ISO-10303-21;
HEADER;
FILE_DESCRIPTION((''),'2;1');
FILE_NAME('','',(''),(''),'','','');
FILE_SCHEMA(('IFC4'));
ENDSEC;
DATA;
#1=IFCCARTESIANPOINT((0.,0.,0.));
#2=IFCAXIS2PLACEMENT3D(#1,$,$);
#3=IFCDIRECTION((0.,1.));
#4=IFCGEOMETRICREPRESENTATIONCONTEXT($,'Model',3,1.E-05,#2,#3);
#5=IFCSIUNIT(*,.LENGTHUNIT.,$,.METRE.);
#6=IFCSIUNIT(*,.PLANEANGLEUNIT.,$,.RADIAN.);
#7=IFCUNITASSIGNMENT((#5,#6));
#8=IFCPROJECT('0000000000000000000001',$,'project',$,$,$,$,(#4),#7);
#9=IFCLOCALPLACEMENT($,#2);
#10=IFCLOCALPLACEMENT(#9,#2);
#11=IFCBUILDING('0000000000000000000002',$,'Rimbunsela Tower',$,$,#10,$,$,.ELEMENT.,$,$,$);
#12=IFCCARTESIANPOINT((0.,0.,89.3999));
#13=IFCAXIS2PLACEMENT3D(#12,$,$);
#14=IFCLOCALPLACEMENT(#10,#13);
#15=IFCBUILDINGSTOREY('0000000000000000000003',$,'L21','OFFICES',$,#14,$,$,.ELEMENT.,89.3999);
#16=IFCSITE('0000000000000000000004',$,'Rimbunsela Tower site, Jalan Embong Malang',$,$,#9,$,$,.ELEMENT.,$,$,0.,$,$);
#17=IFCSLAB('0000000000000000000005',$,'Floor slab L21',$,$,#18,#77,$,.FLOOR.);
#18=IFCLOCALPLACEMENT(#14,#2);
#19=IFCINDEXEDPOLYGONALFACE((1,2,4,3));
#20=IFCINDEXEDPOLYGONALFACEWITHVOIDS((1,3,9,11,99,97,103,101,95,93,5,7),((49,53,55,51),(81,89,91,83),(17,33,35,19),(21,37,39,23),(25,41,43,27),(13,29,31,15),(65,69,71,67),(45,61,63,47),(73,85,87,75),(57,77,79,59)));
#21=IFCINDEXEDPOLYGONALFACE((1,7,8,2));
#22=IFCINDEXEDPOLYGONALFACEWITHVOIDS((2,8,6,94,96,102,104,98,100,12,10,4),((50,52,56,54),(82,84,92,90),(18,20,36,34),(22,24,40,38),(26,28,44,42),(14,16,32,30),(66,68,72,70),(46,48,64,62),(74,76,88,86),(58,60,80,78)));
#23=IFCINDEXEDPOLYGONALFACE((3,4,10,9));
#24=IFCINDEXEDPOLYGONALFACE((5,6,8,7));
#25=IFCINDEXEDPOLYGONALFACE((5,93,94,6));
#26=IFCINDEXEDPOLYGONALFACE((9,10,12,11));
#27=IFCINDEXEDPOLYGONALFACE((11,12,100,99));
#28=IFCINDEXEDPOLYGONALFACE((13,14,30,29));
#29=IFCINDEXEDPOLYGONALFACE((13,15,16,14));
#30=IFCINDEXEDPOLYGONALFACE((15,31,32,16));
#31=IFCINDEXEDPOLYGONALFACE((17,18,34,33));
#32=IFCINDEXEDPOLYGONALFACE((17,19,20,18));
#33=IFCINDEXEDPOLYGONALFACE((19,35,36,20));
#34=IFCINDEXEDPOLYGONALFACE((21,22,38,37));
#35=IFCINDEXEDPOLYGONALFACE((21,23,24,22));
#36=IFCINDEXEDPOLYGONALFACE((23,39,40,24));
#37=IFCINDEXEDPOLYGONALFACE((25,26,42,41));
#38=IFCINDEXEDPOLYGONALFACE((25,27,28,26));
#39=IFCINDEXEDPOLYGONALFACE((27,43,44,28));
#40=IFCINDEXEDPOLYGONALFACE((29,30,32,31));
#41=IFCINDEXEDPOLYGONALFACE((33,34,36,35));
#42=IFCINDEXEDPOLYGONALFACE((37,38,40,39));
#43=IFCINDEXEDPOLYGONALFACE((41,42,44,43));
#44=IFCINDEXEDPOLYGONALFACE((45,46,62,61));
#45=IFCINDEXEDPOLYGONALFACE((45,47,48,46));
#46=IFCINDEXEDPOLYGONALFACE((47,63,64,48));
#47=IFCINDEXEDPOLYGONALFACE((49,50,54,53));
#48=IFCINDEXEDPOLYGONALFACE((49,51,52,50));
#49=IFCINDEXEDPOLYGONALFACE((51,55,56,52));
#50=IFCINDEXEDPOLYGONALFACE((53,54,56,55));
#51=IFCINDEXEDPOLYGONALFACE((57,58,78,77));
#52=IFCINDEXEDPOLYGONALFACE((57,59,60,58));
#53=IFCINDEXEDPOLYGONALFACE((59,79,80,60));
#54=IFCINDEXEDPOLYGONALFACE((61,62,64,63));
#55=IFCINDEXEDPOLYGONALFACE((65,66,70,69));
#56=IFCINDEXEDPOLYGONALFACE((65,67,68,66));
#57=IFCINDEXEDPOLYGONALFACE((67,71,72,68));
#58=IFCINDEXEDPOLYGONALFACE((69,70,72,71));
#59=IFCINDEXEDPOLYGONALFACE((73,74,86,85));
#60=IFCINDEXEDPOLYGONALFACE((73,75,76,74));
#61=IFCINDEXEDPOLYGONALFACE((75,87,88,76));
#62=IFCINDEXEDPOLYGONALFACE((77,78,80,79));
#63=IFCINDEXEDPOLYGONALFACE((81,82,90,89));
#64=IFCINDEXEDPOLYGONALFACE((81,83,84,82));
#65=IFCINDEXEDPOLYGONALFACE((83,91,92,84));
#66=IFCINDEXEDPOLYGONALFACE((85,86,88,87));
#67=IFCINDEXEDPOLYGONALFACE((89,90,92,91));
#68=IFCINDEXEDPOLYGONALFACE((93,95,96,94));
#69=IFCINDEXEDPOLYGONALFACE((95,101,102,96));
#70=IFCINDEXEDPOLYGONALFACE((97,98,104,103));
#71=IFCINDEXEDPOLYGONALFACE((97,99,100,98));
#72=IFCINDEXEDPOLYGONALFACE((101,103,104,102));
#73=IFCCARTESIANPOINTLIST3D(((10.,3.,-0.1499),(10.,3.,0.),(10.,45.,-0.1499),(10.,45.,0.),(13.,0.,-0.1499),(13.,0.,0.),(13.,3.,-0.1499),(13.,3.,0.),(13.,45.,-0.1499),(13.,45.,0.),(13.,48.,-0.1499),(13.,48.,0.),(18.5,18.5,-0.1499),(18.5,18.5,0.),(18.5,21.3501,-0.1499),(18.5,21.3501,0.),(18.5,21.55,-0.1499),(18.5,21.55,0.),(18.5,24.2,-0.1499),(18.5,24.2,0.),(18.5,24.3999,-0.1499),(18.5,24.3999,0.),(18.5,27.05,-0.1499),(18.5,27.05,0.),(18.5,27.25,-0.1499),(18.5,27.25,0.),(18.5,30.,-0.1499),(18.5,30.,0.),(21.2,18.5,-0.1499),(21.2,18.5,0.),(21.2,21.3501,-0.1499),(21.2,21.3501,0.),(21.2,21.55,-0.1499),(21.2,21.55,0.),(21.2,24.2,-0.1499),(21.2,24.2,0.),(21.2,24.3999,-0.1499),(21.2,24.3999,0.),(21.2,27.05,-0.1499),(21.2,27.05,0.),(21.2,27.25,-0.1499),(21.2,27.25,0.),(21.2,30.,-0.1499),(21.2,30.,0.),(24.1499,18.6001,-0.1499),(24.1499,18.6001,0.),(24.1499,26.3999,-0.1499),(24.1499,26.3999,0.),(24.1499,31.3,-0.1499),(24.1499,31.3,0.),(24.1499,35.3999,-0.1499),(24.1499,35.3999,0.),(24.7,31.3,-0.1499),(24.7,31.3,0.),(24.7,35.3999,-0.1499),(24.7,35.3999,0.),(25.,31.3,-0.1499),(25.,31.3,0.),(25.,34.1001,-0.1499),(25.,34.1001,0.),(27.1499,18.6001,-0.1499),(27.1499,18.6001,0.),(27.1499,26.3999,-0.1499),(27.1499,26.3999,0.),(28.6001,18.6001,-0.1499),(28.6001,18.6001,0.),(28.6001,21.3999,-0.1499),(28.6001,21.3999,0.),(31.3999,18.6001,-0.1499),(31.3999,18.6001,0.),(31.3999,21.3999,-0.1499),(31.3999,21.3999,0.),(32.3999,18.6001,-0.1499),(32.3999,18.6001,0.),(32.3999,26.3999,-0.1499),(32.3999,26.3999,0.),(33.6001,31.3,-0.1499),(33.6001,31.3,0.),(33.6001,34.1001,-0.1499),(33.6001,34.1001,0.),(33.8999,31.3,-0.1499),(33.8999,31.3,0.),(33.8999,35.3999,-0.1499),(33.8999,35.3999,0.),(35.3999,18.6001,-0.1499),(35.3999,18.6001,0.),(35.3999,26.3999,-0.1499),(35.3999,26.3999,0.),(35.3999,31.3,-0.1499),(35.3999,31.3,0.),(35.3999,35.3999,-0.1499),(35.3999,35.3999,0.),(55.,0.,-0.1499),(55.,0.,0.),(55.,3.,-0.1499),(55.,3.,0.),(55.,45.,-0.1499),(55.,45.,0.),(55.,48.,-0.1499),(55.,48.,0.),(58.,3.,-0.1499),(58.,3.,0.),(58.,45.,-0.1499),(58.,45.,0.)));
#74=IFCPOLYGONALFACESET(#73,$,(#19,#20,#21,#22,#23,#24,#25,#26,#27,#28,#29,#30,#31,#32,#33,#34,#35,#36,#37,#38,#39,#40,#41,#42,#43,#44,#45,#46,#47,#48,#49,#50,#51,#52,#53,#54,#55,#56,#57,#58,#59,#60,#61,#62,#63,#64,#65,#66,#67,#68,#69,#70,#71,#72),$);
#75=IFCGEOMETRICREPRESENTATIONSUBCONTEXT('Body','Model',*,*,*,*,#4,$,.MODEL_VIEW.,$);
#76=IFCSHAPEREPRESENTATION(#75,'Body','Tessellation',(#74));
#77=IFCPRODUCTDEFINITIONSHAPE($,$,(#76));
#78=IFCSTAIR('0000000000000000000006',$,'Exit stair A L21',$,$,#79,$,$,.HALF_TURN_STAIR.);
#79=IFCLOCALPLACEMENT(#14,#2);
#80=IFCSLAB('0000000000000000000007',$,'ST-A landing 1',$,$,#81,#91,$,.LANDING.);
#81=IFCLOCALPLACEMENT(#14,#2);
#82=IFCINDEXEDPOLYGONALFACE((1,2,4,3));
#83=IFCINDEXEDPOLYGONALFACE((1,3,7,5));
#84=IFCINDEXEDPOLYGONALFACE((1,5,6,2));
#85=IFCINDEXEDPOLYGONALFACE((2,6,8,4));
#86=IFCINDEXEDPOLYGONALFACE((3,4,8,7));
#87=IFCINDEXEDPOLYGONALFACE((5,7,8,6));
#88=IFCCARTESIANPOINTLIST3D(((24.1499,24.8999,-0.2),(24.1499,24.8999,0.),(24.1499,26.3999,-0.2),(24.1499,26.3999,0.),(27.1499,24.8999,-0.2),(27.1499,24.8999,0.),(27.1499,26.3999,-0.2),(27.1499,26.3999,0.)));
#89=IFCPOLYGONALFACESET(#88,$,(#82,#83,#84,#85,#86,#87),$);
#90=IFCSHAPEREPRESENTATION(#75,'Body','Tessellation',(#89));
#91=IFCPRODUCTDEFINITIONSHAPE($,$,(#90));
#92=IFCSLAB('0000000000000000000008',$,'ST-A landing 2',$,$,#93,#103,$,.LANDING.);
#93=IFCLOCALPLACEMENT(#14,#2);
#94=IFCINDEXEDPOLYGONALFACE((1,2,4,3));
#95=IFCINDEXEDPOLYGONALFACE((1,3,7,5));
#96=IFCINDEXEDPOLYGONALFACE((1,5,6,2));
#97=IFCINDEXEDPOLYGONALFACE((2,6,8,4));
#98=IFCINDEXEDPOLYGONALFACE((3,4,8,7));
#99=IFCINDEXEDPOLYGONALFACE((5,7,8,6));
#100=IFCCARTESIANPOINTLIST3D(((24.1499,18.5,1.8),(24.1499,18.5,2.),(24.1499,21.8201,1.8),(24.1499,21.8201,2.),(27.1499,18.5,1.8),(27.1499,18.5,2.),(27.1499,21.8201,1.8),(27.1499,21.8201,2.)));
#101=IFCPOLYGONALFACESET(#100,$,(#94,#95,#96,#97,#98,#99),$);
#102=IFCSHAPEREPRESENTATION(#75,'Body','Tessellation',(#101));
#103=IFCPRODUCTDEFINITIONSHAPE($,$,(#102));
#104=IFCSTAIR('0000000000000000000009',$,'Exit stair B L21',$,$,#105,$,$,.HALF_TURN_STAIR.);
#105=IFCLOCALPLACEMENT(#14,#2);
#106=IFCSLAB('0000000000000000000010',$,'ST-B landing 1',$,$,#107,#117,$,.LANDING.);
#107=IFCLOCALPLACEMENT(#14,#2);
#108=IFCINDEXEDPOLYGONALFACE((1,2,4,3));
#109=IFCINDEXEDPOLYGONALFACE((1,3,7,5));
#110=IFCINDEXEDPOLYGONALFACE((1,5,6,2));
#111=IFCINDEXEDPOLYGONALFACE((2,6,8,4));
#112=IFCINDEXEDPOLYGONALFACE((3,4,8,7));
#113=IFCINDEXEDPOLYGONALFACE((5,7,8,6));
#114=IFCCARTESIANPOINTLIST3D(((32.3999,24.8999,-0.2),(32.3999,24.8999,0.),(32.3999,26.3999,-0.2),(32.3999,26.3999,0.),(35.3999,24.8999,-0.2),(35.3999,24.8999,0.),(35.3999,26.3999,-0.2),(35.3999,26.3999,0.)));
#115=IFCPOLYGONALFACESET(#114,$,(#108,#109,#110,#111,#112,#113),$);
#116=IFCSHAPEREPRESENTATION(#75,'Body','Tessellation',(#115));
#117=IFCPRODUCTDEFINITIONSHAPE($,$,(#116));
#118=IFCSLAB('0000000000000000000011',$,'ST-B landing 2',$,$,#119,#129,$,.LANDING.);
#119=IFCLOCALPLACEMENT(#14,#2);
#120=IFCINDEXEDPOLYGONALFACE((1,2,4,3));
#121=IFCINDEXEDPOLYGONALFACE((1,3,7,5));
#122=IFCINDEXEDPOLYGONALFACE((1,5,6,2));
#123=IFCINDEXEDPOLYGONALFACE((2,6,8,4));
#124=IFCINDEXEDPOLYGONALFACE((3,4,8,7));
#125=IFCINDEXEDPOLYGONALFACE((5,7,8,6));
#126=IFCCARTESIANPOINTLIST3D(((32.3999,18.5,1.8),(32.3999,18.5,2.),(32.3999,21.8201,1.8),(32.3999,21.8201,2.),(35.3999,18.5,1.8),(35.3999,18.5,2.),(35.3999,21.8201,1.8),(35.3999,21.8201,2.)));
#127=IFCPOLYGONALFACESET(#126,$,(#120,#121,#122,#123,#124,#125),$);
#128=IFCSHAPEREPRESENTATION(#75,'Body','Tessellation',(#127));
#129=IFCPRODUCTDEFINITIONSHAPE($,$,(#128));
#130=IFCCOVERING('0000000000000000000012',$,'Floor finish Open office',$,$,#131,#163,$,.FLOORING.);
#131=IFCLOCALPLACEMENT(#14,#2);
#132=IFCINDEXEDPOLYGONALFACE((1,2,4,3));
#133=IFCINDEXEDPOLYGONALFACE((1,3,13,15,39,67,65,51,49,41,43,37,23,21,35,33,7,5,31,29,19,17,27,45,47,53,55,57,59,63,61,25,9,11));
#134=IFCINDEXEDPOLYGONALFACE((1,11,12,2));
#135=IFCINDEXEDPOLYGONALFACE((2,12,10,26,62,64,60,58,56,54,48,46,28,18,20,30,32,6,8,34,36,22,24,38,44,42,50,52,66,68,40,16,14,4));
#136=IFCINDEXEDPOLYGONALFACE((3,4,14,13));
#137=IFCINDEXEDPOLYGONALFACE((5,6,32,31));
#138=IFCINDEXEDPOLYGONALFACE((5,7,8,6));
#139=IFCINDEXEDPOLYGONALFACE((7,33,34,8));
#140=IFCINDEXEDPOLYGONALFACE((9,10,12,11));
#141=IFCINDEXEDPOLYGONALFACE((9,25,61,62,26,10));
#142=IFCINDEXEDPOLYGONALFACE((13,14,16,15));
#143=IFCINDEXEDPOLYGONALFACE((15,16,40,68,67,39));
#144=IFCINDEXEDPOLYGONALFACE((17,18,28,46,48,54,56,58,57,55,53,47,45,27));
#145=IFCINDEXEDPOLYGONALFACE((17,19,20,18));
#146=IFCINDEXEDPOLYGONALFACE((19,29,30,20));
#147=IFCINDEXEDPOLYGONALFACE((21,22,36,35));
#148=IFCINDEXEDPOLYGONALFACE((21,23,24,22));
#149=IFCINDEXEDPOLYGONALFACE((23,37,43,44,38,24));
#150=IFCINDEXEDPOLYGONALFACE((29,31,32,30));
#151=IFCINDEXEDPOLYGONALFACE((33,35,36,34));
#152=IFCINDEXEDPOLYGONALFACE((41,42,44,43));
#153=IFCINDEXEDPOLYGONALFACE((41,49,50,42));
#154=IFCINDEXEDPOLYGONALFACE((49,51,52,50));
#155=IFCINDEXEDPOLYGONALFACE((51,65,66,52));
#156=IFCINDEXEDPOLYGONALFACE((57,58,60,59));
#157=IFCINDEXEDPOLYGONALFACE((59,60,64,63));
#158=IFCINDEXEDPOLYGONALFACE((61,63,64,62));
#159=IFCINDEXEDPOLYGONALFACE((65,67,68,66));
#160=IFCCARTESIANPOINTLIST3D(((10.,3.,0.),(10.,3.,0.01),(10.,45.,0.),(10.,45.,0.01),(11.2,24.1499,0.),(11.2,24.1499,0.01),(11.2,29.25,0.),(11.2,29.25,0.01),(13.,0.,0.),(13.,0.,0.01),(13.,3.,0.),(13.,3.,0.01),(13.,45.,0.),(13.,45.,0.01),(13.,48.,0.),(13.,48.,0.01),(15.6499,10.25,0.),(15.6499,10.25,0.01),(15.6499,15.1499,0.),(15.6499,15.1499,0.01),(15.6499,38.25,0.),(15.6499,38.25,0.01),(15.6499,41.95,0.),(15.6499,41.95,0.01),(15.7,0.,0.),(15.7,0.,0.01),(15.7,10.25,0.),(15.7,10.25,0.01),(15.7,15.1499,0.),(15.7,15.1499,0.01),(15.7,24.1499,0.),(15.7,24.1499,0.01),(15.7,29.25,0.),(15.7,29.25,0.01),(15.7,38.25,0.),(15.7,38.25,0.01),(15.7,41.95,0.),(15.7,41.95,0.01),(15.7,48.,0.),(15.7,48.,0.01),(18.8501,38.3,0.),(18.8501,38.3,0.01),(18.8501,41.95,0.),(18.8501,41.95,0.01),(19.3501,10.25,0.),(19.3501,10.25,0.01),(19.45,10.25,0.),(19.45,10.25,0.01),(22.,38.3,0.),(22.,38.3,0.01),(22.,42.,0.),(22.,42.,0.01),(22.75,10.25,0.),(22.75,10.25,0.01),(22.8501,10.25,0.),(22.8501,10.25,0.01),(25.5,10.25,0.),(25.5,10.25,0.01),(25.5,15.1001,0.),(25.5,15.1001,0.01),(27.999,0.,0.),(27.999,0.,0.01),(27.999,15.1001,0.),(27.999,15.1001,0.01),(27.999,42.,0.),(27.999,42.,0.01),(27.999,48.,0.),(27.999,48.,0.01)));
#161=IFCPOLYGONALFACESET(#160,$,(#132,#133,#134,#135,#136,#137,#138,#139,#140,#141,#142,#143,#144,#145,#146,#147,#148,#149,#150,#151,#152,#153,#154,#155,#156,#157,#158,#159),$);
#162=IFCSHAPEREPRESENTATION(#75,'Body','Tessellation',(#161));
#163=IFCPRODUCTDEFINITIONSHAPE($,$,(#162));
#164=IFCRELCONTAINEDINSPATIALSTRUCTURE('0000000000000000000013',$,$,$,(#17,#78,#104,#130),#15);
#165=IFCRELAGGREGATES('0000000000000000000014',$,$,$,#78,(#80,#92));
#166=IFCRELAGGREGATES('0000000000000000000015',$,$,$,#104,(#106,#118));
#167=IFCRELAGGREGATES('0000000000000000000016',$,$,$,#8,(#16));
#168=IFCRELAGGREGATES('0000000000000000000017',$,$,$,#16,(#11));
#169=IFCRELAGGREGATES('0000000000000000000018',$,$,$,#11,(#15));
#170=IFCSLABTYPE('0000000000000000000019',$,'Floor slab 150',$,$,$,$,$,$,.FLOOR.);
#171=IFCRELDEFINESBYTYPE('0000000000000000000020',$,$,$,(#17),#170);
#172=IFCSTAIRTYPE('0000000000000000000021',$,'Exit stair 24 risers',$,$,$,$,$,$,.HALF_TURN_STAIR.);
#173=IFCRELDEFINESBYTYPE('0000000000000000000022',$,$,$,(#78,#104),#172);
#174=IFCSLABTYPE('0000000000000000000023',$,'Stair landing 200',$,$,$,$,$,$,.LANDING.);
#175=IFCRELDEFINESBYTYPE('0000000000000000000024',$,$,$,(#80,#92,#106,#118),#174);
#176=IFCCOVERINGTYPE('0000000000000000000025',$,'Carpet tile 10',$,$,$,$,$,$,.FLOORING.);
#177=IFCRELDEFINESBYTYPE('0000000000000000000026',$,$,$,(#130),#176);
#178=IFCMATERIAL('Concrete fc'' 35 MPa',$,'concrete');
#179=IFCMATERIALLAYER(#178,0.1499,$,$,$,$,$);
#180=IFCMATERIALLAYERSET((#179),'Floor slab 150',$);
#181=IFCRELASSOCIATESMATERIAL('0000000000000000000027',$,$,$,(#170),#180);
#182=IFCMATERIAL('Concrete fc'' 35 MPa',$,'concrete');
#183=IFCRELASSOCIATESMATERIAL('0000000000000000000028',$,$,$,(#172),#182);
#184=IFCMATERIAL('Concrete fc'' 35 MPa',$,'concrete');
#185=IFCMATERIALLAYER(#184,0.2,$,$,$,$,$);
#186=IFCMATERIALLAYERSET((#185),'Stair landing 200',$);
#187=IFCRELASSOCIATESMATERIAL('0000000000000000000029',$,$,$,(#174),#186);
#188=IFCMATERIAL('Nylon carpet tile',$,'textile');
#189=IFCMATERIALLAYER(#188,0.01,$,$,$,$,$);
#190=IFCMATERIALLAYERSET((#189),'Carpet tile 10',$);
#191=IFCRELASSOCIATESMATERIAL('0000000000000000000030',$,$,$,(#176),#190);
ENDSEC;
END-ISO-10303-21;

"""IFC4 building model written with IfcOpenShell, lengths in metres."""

from ifc_helpers import new_model, si_unit, direction, frame, origin, place, context, subcontext, project, spatial, polyline, outline, extrude, material, layer, layer_set, type_object, element, aggregate, save


model = new_model("IFC4")

# Units and contexts
model_context = context("Model", 3, precision=1e-05, world=origin(), true_north=direction((0.0, 1.0)))
body_context = subcontext(model_context, "Body", "Model", "MODEL_VIEW")
ifc_project = project(units=[si_unit("LENGTHUNIT", "METRE"), si_unit("PLANEANGLEUNIT", "RADIAN")], contexts=[model_context])

# Site, building, storey
site_placement = place(None, origin())
site = spatial("IfcSite", under=ifc_project, at=site_placement, Name="Rimbunsela Tower site, Jalan Embong Malang", CompositionType="ELEMENT", RefElevation=0.0)
building_placement = place(site_placement, origin())
building = spatial("IfcBuilding", under=site, at=building_placement, Name="Rimbunsela Tower", CompositionType="ELEMENT")
storey_placement = place(building_placement, frame((0.0, 0.0, 89.3999)))
storey = spatial("IfcBuildingStorey", under=building, at=storey_placement, Name="L21", Description="OFFICES", CompositionType="ELEMENT", Elevation=89.3999)

# Slab
ifc_material_1 = material(Name="Concrete fc' 35 MPa", Category="concrete")
ifc_layer_1 = layer(ifc_material_1, 0.1499)
ifc_layer_set_1 = layer_set([ifc_layer_1], Name="Floor slab 150")
slab_type_1 = type_object("IfcSlabType", Name="Floor slab 150", PredefinedType="FLOOR", material=ifc_layer_set_1)
slab_1_placement = place(storey_placement, frame((0.0, 0.0, -0.1499)))
element("IfcSlab", 1, at=slab_1_placement, inside=storey, type_object=slab_type_1, Name="Floor slab L21", PredefinedType="FLOOR", context=body_context, shape_type="SweptSolid", body=[
    extrude(outline(polyline([(13.0, 0.0), (55.0, 0.0), (55.0, 3.0), (58.0, 3.0), (58.0, 45.0), (55.0, 45.0), (55.0, 48.0), (13.0, 48.0), (13.0, 45.0), (10.0, 45.0), (10.0, 3.0), (13.0, 3.0), (13.0, 0.0)]), holes=[polyline([(21.2, 21.3501), (18.5, 21.3501), (18.5, 18.5), (21.2, 18.5), (21.2, 21.3501)]), polyline([(21.2, 21.55), (21.2, 24.2), (18.5, 24.2), (18.5, 21.55), (21.2, 21.55)]), polyline([(21.2, 27.05), (18.5, 27.05), (18.5, 24.3999), (21.2, 24.3999), (21.2, 27.05)]), polyline([(21.2, 27.25), (21.2, 30.0), (18.5, 30.0), (18.5, 27.25), (21.2, 27.25)]), polyline([(27.1499, 18.6001), (27.1499, 26.3999), (24.1499, 26.3999), (24.1499, 18.6001), (27.1499, 18.6001)]), polyline([(24.7, 31.3), (24.7, 35.3999), (24.1499, 35.3999), (24.1499, 31.3), (24.7, 31.3)]), polyline([(25.0, 34.1001), (25.0, 31.3), (33.6001, 31.3), (33.6001, 34.1001), (25.0, 34.1001)]), polyline([(31.3999, 21.3999), (28.6001, 21.3999), (28.6001, 18.6001), (31.3999, 18.6001), (31.3999, 21.3999)]), polyline([(35.3999, 18.6001), (35.3999, 26.3999), (32.3999, 26.3999), (32.3999, 18.6001), (35.3999, 18.6001)]), polyline([(35.3999, 31.3), (35.3999, 35.3999), (33.8999, 35.3999), (33.8999, 31.3), (35.3999, 31.3)])]), origin(), (0.0, 0.0, 1.0), 0.1499),
])

# Stairs, slabs
ifc_material_2 = material(Name="Concrete fc' 35 MPa", Category="concrete")
stair_type = type_object("IfcStairType", Name="Exit stair 24 risers", PredefinedType="HALF_TURN_STAIR", material=ifc_material_2)
stair_1_placement = place(storey_placement, origin())
stair_1 = element("IfcStair", 2, at=stair_1_placement, inside=storey, type_object=stair_type, Name="Exit stair A L21", PredefinedType="HALF_TURN_STAIR")
ifc_material_3 = material(Name="Concrete fc' 35 MPa", Category="concrete")
ifc_layer_2 = layer(ifc_material_3, 0.2)
ifc_layer_set_2 = layer_set([ifc_layer_2], Name="Stair landing 200")
slab_type_2 = type_object("IfcSlabType", Name="Stair landing 200", PredefinedType="LANDING", material=ifc_layer_set_2)
slab_2_placement = place(storey_placement, frame((0.0, 0.0, -0.2)))
slab_2 = element("IfcSlab", 3, at=slab_2_placement, type_object=slab_type_2, Name="ST-A landing 1", PredefinedType="LANDING", context=body_context, shape_type="SweptSolid", body=[
    extrude(outline(polyline([(24.1499, 24.8999), (27.1499, 24.8999), (27.1499, 26.3999), (24.1499, 26.3999), (24.1499, 24.8999)])), origin(), (0.0, 0.0, 1.0), 0.2),
])
slab_3_placement = place(storey_placement, frame((0.0, 0.0, 1.8)))
slab_3 = element("IfcSlab", 4, at=slab_3_placement, type_object=slab_type_2, Name="ST-A landing 2", PredefinedType="LANDING", context=body_context, shape_type="SweptSolid", body=[
    extrude(outline(polyline([(24.1499, 18.5), (27.1499, 18.5), (27.1499, 21.8201), (24.1499, 21.8201), (24.1499, 18.5)])), origin(), (0.0, 0.0, 1.0), 0.2),
])
aggregate(stair_1, [slab_2, slab_3])
stair_2_placement = place(storey_placement, origin())
stair_2 = element("IfcStair", 5, at=stair_2_placement, inside=storey, type_object=stair_type, Name="Exit stair B L21", PredefinedType="HALF_TURN_STAIR")
slab_4_placement = place(storey_placement, frame((0.0, 0.0, -0.2)))
slab_4 = element("IfcSlab", 6, at=slab_4_placement, type_object=slab_type_2, Name="ST-B landing 1", PredefinedType="LANDING", context=body_context, shape_type="SweptSolid", body=[
    extrude(outline(polyline([(32.3999, 24.8999), (35.3999, 24.8999), (35.3999, 26.3999), (32.3999, 26.3999), (32.3999, 24.8999)])), origin(), (0.0, 0.0, 1.0), 0.2),
])
slab_5_placement = place(storey_placement, frame((0.0, 0.0, 1.8)))
slab_5 = element("IfcSlab", 7, at=slab_5_placement, type_object=slab_type_2, Name="ST-B landing 2", PredefinedType="LANDING", context=body_context, shape_type="SweptSolid", body=[
    extrude(outline(polyline([(32.3999, 18.5), (35.3999, 18.5), (35.3999, 21.8201), (32.3999, 21.8201), (32.3999, 18.5)])), origin(), (0.0, 0.0, 1.0), 0.2),
])
aggregate(stair_2, [slab_4, slab_5])

# Covering
ifc_material_4 = material(Name="Nylon carpet tile", Category="textile")
ifc_layer_3 = layer(ifc_material_4, 0.01)
ifc_layer_set_3 = layer_set([ifc_layer_3], Name="Carpet tile 10")
covering_type_1 = type_object("IfcCoveringType", Name="Carpet tile 10", PredefinedType="FLOORING", material=ifc_layer_set_3)
covering_1_placement = place(storey_placement, origin())
element("IfcCovering", 8, at=covering_1_placement, inside=storey, type_object=covering_type_1, Name="Floor finish Open office", PredefinedType="FLOORING", context=body_context, shape_type="SweptSolid", body=[
    extrude(outline(polyline([(19.45, 10.25), (22.75, 10.25), (22.8501, 10.25), (25.5, 10.25), (25.5, 15.1001), (27.999, 15.1001), (27.999, 0.0), (15.7, 0.0), (13.0, 0.0), (13.0, 3.0), (10.0, 3.0), (10.0, 45.0), (13.0, 45.0), (13.0, 48.0), (15.7, 48.0), (27.999, 48.0), (27.999, 42.0), (22.0, 42.0), (22.0, 38.3), (18.8501, 38.3), (18.8501, 41.95), (15.7, 41.95), (15.6499, 41.95), (15.6499, 38.25), (15.7, 38.25), (15.7, 29.25), (11.2, 29.25), (11.2, 24.1499), (15.7, 24.1499), (15.7, 15.1499), (15.6499, 15.1499), (15.6499, 10.25), (15.7, 10.25), (19.3501, 10.25), (19.45, 10.25)])), origin(), (0.0, 0.0, 1.0), 0.01),
])

save(model, "model.ifc")
